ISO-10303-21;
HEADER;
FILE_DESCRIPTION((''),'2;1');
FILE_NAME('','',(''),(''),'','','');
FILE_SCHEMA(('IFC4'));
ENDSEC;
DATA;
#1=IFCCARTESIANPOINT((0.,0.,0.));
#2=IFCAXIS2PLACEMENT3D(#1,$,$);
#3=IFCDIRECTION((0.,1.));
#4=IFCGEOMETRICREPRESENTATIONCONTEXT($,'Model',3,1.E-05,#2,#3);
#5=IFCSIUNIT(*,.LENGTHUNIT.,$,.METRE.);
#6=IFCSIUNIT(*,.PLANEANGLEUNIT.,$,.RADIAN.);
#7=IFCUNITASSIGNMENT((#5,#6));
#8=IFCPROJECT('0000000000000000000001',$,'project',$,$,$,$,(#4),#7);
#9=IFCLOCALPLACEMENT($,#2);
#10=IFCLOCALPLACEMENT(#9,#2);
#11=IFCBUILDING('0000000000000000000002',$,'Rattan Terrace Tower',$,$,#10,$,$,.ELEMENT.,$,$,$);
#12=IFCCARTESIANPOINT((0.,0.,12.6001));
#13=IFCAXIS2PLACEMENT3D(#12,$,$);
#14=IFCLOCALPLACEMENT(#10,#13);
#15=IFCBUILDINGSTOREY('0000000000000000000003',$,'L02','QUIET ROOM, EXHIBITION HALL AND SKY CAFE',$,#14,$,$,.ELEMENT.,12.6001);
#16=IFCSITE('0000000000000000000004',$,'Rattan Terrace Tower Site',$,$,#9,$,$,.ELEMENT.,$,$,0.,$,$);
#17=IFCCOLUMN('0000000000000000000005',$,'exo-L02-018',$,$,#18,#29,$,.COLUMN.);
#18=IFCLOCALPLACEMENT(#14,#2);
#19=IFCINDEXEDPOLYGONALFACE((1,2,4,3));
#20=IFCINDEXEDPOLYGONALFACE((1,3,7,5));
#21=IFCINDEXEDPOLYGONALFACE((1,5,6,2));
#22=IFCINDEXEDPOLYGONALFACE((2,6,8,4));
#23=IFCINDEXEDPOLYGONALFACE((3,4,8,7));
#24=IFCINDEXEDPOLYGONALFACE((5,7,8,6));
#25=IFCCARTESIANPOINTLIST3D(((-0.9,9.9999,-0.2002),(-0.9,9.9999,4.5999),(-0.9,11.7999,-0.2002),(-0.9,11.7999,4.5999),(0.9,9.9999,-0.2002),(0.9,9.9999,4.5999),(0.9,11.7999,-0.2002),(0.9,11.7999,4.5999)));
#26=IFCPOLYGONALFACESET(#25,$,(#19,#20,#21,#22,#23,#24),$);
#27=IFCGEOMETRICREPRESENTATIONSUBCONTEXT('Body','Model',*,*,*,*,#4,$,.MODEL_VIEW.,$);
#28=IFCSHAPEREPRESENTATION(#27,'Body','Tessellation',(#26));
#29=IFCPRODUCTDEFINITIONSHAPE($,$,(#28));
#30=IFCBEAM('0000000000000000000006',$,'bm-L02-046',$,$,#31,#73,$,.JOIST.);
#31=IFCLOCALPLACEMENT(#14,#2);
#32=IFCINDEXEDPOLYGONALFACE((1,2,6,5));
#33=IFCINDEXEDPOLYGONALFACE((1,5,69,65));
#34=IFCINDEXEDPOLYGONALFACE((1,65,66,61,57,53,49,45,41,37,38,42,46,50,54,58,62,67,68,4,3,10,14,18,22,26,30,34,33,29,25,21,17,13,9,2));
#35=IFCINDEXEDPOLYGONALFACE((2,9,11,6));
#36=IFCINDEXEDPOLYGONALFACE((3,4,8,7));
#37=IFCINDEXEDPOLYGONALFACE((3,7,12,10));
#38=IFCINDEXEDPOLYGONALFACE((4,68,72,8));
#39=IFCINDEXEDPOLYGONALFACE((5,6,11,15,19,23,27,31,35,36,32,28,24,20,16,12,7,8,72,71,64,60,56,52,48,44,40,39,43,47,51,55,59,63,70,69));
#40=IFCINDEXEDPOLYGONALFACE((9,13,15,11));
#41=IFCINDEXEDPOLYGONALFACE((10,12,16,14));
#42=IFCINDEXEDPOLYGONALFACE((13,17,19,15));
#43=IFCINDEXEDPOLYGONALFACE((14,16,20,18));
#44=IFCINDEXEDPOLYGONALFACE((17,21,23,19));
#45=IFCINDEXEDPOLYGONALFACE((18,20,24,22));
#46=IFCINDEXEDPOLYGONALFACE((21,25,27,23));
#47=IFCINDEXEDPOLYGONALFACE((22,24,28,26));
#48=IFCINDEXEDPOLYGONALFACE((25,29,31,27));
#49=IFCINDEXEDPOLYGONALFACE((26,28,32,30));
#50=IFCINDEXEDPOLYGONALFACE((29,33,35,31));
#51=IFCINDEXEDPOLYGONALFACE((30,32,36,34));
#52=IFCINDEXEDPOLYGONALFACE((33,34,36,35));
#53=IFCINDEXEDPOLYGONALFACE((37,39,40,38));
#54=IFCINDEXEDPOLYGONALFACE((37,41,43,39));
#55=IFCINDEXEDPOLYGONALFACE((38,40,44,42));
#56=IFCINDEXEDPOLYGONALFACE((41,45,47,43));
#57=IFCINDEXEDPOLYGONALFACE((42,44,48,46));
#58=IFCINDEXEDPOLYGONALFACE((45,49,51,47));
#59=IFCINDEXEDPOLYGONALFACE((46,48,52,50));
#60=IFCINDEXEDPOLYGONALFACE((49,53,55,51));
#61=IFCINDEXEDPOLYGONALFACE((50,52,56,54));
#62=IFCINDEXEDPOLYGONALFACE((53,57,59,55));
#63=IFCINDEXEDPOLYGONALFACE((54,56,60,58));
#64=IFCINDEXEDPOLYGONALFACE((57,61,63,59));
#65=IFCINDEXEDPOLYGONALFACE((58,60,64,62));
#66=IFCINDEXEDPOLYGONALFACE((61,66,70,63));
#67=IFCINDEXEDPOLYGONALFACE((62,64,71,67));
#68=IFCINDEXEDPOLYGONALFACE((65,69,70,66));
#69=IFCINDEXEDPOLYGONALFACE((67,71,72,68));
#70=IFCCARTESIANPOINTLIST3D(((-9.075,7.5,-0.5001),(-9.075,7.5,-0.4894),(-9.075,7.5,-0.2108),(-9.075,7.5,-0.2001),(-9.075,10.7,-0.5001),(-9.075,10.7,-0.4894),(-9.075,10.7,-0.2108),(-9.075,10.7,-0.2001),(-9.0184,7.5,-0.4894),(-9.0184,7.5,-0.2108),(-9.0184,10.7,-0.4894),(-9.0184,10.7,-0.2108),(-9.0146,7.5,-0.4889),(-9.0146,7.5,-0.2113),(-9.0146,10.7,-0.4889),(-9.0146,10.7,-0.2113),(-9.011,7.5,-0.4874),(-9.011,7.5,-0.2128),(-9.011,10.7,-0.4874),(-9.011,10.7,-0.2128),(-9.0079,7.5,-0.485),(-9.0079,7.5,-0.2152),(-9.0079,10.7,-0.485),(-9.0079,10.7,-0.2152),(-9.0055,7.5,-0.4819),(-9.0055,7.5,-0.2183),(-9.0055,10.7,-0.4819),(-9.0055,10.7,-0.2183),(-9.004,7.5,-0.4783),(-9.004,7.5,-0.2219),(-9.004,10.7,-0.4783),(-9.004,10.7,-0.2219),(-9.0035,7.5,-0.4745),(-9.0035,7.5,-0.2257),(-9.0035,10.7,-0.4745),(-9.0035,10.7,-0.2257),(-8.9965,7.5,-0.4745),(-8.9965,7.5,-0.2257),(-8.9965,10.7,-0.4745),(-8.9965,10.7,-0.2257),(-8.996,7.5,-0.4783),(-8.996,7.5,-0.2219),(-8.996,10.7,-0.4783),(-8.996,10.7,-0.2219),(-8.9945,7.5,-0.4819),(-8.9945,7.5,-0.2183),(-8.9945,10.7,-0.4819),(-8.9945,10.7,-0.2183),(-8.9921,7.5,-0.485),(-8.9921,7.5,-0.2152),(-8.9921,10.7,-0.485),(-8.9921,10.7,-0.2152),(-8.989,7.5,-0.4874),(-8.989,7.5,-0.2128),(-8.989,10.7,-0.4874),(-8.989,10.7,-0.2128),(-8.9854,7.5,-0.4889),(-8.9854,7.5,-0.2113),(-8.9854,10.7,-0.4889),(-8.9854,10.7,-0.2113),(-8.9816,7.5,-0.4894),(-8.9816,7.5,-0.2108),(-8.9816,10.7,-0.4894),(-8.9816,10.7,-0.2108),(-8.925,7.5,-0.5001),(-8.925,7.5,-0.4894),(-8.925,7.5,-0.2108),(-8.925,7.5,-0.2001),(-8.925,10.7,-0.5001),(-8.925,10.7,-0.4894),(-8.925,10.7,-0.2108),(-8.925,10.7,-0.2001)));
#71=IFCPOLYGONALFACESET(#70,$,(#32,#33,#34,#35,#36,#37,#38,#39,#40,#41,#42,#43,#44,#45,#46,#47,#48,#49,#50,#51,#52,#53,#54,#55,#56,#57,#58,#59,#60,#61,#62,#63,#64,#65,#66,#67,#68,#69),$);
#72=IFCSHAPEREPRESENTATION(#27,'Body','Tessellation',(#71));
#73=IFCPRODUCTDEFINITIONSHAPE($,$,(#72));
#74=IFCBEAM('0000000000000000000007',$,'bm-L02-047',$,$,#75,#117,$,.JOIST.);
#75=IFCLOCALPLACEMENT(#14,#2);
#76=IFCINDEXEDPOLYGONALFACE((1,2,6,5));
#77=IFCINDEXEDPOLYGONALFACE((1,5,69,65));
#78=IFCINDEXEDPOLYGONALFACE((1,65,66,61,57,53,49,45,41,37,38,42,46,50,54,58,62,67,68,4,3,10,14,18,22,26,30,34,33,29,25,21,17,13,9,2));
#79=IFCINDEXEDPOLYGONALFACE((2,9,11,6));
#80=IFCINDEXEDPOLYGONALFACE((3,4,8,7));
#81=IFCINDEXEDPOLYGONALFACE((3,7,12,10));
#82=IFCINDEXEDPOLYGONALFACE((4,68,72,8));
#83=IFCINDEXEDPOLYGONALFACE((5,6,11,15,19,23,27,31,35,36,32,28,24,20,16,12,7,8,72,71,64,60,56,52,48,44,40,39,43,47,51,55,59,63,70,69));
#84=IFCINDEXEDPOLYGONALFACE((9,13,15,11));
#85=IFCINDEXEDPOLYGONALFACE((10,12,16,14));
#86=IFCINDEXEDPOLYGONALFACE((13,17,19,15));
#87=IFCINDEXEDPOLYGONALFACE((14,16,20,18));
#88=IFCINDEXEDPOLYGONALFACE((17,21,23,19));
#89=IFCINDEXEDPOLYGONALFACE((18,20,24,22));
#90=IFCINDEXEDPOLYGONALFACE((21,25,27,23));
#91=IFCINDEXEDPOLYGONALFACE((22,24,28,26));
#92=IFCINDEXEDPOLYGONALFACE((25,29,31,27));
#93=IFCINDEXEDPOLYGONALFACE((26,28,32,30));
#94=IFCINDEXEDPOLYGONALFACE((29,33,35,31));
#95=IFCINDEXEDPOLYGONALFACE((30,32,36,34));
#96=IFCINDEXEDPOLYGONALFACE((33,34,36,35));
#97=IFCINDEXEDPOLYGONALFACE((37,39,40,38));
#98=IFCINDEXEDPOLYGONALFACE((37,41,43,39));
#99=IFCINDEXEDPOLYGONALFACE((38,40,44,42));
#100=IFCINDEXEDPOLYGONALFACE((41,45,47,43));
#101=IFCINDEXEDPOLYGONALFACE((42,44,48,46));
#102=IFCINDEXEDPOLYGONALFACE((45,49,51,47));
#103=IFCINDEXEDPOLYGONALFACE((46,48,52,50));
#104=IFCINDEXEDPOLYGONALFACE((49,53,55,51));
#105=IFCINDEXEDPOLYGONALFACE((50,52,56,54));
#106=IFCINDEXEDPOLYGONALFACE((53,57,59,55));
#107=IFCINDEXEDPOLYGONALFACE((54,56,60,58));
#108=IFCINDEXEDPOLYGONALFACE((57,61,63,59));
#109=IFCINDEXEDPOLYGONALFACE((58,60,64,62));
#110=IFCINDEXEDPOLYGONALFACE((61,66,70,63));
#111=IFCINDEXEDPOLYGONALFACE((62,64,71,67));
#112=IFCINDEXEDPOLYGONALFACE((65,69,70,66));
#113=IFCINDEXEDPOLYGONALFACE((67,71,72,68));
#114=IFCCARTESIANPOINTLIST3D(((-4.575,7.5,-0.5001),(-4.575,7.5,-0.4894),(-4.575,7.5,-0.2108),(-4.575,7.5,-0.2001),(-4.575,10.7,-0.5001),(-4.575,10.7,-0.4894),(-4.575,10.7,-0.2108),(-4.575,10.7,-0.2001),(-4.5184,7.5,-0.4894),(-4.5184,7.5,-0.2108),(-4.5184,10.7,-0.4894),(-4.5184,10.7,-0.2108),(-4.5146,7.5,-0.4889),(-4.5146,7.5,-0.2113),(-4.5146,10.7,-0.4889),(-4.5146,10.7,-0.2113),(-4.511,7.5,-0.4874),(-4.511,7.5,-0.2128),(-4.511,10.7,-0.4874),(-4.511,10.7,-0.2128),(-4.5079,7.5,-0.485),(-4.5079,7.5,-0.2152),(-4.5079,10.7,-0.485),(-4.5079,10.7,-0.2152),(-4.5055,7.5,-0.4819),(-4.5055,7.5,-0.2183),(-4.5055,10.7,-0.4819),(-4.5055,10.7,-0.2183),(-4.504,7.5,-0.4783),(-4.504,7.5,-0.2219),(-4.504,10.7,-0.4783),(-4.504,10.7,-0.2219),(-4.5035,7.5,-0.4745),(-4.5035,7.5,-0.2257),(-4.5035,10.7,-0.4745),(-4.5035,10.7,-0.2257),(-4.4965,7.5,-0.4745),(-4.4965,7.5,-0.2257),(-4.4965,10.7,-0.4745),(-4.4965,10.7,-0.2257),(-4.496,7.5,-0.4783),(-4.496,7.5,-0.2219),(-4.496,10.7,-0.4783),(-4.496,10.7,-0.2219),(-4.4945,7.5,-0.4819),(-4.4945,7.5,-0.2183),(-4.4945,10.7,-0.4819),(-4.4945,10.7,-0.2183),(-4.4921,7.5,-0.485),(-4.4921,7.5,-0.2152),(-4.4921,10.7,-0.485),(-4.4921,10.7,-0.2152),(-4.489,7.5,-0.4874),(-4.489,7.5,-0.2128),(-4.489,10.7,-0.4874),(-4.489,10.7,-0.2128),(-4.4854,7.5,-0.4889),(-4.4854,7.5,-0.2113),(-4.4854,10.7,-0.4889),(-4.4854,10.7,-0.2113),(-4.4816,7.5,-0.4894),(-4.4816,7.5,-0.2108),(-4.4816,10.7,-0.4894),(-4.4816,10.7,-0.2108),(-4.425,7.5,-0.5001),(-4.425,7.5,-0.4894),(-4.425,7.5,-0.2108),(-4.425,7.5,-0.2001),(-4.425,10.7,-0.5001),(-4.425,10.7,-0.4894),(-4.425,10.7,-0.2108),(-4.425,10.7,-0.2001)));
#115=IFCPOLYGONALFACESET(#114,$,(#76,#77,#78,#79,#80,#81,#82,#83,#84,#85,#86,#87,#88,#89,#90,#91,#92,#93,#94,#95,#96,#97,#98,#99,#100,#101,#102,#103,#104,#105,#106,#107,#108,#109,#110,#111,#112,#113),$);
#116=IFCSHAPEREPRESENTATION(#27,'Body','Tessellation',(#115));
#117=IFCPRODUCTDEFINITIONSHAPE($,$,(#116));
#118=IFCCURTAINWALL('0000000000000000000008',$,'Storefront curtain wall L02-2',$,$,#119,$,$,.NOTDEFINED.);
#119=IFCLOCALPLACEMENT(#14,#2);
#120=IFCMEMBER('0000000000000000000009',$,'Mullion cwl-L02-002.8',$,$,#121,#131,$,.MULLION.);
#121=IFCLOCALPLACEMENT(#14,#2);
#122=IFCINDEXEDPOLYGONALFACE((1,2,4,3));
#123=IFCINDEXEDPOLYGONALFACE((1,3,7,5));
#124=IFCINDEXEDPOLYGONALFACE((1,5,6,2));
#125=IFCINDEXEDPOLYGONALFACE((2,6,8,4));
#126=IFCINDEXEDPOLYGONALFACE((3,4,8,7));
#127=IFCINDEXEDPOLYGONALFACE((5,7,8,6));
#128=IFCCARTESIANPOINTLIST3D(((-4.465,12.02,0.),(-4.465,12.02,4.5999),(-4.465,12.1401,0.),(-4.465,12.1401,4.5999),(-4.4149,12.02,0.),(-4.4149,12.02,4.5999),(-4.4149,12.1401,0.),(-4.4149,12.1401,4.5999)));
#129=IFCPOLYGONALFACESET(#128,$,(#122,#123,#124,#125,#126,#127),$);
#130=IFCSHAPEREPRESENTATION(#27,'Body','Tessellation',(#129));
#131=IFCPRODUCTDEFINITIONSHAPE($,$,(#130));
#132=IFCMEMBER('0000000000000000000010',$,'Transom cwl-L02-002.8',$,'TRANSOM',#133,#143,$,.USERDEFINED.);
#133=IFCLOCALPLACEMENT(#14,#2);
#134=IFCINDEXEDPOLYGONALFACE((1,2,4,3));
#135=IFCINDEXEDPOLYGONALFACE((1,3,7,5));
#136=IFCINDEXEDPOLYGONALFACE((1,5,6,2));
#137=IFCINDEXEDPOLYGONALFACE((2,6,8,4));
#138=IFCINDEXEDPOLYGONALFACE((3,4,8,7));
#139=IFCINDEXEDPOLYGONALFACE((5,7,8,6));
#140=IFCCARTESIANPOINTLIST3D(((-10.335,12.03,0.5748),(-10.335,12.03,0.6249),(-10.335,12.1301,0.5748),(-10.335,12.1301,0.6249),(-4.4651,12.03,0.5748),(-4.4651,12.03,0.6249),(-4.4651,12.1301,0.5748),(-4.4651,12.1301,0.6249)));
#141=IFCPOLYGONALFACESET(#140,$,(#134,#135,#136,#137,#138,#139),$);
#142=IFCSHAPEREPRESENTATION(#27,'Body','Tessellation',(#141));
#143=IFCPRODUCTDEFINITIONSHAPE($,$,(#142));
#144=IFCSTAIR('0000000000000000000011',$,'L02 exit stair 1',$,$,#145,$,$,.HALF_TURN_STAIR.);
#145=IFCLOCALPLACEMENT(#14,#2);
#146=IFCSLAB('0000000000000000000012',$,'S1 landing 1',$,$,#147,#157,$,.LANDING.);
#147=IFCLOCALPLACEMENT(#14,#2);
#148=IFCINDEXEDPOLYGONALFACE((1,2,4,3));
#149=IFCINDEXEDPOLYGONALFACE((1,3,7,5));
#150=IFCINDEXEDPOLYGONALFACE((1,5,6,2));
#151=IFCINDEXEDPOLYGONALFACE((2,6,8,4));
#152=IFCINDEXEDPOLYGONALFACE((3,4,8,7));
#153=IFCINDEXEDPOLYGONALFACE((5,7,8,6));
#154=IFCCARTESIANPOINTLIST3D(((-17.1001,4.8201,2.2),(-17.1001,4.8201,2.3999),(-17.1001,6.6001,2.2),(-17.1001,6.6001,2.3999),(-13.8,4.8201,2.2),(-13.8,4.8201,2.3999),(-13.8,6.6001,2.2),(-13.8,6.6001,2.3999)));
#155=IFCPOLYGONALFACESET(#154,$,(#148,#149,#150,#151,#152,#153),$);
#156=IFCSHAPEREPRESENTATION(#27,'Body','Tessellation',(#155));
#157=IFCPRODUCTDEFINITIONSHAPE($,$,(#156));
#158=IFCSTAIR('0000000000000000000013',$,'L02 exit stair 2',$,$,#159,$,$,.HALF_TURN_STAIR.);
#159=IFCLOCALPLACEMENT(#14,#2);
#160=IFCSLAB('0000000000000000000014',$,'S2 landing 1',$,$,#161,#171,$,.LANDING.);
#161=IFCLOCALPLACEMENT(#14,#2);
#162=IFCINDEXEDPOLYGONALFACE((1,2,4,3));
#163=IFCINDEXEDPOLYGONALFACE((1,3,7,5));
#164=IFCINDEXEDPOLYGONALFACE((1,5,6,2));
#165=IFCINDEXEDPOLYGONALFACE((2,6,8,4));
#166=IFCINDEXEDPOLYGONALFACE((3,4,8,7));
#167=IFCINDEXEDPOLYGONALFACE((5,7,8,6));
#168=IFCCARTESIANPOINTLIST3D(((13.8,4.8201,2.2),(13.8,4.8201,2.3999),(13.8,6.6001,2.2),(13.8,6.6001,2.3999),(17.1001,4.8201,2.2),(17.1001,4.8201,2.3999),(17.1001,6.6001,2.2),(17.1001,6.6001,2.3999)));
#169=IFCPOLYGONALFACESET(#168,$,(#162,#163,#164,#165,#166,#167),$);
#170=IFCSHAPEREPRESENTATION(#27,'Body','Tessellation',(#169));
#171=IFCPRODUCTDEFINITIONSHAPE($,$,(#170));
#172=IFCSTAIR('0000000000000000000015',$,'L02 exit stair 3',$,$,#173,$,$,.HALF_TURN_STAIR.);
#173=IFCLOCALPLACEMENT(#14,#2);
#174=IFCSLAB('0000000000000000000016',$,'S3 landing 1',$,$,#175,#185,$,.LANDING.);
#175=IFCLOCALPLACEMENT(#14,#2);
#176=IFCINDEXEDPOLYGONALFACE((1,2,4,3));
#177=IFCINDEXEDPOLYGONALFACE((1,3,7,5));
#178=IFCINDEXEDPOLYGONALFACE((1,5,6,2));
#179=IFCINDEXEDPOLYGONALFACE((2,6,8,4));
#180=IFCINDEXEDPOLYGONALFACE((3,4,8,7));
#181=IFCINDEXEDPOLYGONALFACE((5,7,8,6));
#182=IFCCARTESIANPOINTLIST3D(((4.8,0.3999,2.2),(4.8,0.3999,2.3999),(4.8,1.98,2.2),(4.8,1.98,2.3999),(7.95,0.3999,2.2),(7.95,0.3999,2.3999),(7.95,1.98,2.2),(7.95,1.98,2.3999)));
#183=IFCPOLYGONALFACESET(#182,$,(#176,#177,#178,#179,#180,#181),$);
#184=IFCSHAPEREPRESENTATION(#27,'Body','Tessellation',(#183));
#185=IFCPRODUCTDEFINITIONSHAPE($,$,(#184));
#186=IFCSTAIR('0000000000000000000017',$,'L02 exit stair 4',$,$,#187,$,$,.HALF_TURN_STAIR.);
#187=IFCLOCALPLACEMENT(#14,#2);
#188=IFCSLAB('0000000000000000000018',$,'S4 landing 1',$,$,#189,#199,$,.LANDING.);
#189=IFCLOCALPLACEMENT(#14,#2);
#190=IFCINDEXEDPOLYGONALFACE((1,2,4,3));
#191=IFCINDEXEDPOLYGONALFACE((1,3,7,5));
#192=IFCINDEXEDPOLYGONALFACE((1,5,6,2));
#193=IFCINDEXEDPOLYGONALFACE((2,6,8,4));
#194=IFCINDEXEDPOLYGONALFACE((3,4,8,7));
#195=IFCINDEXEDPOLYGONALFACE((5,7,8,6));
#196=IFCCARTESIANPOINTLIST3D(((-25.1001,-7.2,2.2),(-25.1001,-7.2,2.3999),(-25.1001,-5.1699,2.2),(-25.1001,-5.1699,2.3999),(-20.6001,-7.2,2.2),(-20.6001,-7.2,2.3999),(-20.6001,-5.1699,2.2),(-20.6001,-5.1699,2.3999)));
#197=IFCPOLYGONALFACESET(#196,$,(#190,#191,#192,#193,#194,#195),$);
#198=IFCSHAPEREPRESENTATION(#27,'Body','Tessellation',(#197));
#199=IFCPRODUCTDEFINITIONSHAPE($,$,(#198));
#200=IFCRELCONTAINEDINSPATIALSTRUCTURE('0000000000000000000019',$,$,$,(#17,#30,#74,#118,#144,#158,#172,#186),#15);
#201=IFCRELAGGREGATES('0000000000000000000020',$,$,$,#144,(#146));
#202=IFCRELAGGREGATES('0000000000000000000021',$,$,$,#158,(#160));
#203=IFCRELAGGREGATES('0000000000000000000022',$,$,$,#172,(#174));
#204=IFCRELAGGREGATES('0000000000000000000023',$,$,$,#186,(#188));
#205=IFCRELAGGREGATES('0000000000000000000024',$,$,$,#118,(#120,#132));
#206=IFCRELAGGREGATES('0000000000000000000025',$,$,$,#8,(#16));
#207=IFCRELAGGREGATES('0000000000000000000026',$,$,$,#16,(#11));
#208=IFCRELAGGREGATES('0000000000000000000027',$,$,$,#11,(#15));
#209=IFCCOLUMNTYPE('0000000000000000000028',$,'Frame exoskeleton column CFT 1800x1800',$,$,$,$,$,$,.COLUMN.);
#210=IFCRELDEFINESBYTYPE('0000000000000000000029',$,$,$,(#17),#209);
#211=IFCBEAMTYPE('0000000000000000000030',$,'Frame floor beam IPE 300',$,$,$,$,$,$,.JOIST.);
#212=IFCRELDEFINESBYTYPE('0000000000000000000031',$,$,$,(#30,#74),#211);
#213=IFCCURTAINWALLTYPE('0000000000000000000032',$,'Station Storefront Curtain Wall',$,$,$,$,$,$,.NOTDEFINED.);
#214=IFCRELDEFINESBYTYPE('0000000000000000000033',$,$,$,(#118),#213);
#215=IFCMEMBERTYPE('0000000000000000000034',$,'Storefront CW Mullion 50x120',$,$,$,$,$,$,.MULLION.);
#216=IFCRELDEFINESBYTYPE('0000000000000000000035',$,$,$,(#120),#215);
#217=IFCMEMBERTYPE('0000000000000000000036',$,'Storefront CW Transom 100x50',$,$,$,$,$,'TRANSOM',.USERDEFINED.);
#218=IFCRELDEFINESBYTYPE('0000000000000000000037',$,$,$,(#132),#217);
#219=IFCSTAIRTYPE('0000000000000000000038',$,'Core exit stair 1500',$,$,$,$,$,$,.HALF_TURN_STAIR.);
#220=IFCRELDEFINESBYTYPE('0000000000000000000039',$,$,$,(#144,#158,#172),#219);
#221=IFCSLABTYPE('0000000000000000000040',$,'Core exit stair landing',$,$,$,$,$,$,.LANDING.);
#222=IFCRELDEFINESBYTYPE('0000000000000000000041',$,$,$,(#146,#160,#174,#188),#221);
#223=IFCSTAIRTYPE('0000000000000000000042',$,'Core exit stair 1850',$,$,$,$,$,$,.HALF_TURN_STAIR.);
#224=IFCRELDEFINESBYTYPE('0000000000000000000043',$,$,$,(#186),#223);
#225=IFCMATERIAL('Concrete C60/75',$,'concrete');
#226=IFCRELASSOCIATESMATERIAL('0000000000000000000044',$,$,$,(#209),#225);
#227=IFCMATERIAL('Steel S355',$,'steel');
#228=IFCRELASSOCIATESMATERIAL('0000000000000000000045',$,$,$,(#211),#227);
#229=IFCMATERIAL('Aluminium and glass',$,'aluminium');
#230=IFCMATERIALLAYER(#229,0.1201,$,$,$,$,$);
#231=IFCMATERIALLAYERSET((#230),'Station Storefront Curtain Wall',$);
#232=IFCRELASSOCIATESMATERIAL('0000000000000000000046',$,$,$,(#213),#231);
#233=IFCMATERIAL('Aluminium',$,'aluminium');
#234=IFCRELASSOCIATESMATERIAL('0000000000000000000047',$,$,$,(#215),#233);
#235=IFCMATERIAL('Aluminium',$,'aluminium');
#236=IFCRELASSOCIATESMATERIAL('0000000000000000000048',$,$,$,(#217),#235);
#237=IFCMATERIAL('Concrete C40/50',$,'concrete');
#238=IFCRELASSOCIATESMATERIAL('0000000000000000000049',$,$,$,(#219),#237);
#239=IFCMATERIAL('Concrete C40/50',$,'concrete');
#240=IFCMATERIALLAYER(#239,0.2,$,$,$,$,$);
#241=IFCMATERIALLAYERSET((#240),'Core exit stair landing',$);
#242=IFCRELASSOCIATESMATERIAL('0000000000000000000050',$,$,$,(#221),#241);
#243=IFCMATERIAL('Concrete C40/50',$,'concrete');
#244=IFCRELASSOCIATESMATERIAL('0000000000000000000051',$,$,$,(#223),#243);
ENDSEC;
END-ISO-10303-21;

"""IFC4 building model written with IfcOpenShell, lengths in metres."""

from ifc_helpers import new_model, si_unit, direction, frame, origin, origin_2d, place, context, subcontext, project, spatial, polyline, rectangle, i_section, outline, extrude, material, layer, layer_set, material_profile, profile_set, type_object, element, aggregate, save


model = new_model("IFC4")

# Units and contexts
model_context = context("Model", 3, precision=1e-05, world=origin(), true_north=direction((0.0, 1.0)))
body_context = subcontext(model_context, "Body", "Model", "MODEL_VIEW")
ifc_project = project(units=[si_unit("LENGTHUNIT", "METRE"), si_unit("PLANEANGLEUNIT", "RADIAN")], contexts=[model_context])

# Site, building, storey
site_placement = place(None, origin())
site = spatial("IfcSite", under=ifc_project, at=site_placement, Name="Rattan Terrace Tower Site", CompositionType="ELEMENT", RefElevation=0.0)
building_placement = place(site_placement, origin())
building = spatial("IfcBuilding", under=site, at=building_placement, Name="Rattan Terrace Tower", CompositionType="ELEMENT")
storey_placement = place(building_placement, frame((0.0, 0.0, 12.6001)))
storey = spatial("IfcBuildingStorey", under=building, at=storey_placement, Name="L02", Description="QUIET ROOM, EXHIBITION HALL AND SKY CAFE", CompositionType="ELEMENT", Elevation=12.6001)

# Column
ifc_material_1 = material(Name="Concrete C60/75", Category="concrete")
ifc_material_profile_1 = material_profile(ifc_material_1, rectangle(XDim=1.8, YDim=1.8, at=origin_2d()), Name="CFT 1800x1800")
ifc_profile_set_1 = profile_set([ifc_material_profile_1], Name="Concrete C60/75")
column_type = type_object("IfcColumnType", Name="Frame exoskeleton column CFT 1800x1800", PredefinedType="COLUMN", material=ifc_profile_set_1)
column_placement = place(storey_placement, frame((0.0, 10.8999, -0.2002), z_axis=(0.0, 0.0, 1.0), x_axis=(1.0, 0.0, 0.0)))
element("IfcColumn", 1, at=column_placement, inside=storey, type_object=column_type, Name="exo-L02-018", PredefinedType="COLUMN", context=body_context, shape_type="SweptSolid", body=[
    extrude(rectangle(XDim=1.8, YDim=1.8, at=origin_2d()), origin(), (0.0, 0.0, 1.0), 4.8),
])

# Beams
ifc_material_2 = material(Name="Steel S355", Category="steel")
ifc_material_profile_2 = material_profile(ifc_material_2, i_section(OverallWidth=0.1499, OverallDepth=0.3, WebThickness=0.0071, FlangeThickness=0.0107, FilletRadius=0.0149, at=origin_2d()), Name="IPE 300")
ifc_profile_set_2 = profile_set([ifc_material_profile_2], Name="Steel S355")
beam_type = type_object("IfcBeamType", Name="Frame floor beam IPE 300", PredefinedType="JOIST", material=ifc_profile_set_2)
for number, where, z_axis, x_axis, name in (
    (2, (-9.0, 7.5, -0.3501), (0.0, 1.0, 0.0), (-1.0, 0.0, 0.0), "bm-L02-046"),
    (3, (-4.5, 7.5, -0.3501), (0.0, 1.0, 0.0), (-1.0, 0.0, 0.0), "bm-L02-047"),
):
    element("IfcBeam", number, at=place(storey_placement, frame(where, z_axis=z_axis, x_axis=x_axis)), inside=storey, type_object=beam_type, Name=name, PredefinedType="JOIST", context=body_context, shape_type="SweptSolid", body=[
        extrude(i_section(OverallWidth=0.1499, OverallDepth=0.3, WebThickness=0.0071, FlangeThickness=0.0107, FilletRadius=0.0149, at=origin_2d()), origin(), (0.0, 0.0, 1.0), 3.2),
    ])

# Curtain wall, members
ifc_material_3 = material(Name="Aluminium and glass", Category="aluminium")
ifc_layer_1 = layer(ifc_material_3, 0.1201)
ifc_layer_set_1 = layer_set([ifc_layer_1], Name="Station Storefront Curtain Wall")
curtain_wall_type = type_object("IfcCurtainWallType", Name="Station Storefront Curtain Wall", PredefinedType="NOTDEFINED", material=ifc_layer_set_1)
curtain_wall_placement = place(storey_placement, origin())
curtain_wall = element("IfcCurtainWall", 4, at=curtain_wall_placement, inside=storey, type_object=curtain_wall_type, Name="Storefront curtain wall L02-2", PredefinedType="NOTDEFINED")
ifc_material_4 = material(Name="Aluminium", Category="aluminium")
ifc_material_profile_3 = material_profile(ifc_material_4, rectangle(XDim=0.05, YDim=0.1201, at=origin_2d()), Name="Aluminium 50x120")
ifc_profile_set_3 = profile_set([ifc_material_profile_3], Name="Aluminium")
member_type_1 = type_object("IfcMemberType", Name="Storefront CW Mullion 50x120", PredefinedType="MULLION", material=ifc_profile_set_3)
member_1_placement = place(storey_placement, frame((-4.4399, 12.0801, 0.0), z_axis=(0.0, 0.0, 1.0), x_axis=(-1.0, 0.0, 0.0)))
member_1 = element("IfcMember", 5, at=member_1_placement, type_object=member_type_1, Name="Mullion cwl-L02-002.8", PredefinedType="MULLION", context=body_context, shape_type="SweptSolid", body=[
    extrude(rectangle(XDim=0.05, YDim=0.1201, at=origin_2d()), origin(), (0.0, 0.0, 1.0), 4.5999),
])
ifc_material_5 = material(Name="Aluminium", Category="aluminium")
ifc_material_profile_4 = material_profile(ifc_material_5, rectangle(XDim=0.1001, YDim=0.05, at=origin_2d()), Name="Aluminium 100x50")
ifc_profile_set_4 = profile_set([ifc_material_profile_4], Name="Aluminium")
member_type_2 = type_object("IfcMemberType", Name="Storefront CW Transom 100x50", ElementType="TRANSOM", PredefinedType="USERDEFINED", material=ifc_profile_set_4)
member_2_placement = place(storey_placement, frame((-4.4651, 12.0801, 0.5999), z_axis=(-1.0, 0.0, 0.0), x_axis=(0.0, -1.0, 0.0)))
member_2 = element("IfcMember", 6, at=member_2_placement, type_object=member_type_2, Name="Transom cwl-L02-002.8", ObjectType="TRANSOM", PredefinedType="USERDEFINED", context=body_context, shape_type="SweptSolid", body=[
    extrude(rectangle(XDim=0.1001, YDim=0.05, at=origin_2d()), origin(), (0.0, 0.0, 1.0), 5.8699),
])

# Stairs, slabs
ifc_material_6 = material(Name="Concrete C40/50", Category="concrete")
stair_type_1 = type_object("IfcStairType", Name="Core exit stair 1500", PredefinedType="HALF_TURN_STAIR", material=ifc_material_6)
stair_1_placement = place(storey_placement, origin())
stair_1 = element("IfcStair", 7, at=stair_1_placement, inside=storey, type_object=stair_type_1, Name="L02 exit stair 1", PredefinedType="HALF_TURN_STAIR")
ifc_material_7 = material(Name="Concrete C40/50", Category="concrete")
ifc_layer_2 = layer(ifc_material_7, 0.2)
ifc_layer_set_2 = layer_set([ifc_layer_2], Name="Core exit stair landing")
slab_type_1 = type_object("IfcSlabType", Name="Core exit stair landing", PredefinedType="LANDING", material=ifc_layer_set_2)
slab_1_placement = place(storey_placement, frame((0.0, 0.0, 2.2)))
slab_1 = element("IfcSlab", 8, at=slab_1_placement, type_object=slab_type_1, Name="S1 landing 1", PredefinedType="LANDING", context=body_context, shape_type="SweptSolid", body=[
    extrude(outline(polyline([(-13.8, 4.8201), (-13.8, 6.6001), (-17.1001, 6.6001), (-17.1001, 4.8201), (-13.8, 4.8201)])), origin(), (0.0, 0.0, 1.0), 0.2),
])
aggregate(stair_1, [slab_1])
stair_2_placement = place(storey_placement, origin())
stair_2 = element("IfcStair", 9, at=stair_2_placement, inside=storey, type_object=stair_type_1, Name="L02 exit stair 2", PredefinedType="HALF_TURN_STAIR")
slab_2_placement = place(storey_placement, frame((0.0, 0.0, 2.2)))
slab_2 = element("IfcSlab", 10, at=slab_2_placement, type_object=slab_type_1, Name="S2 landing 1", PredefinedType="LANDING", context=body_context, shape_type="SweptSolid", body=[
    extrude(outline(polyline([(17.1001, 4.8201), (17.1001, 6.6001), (13.8, 6.6001), (13.8, 4.8201), (17.1001, 4.8201)])), origin(), (0.0, 0.0, 1.0), 0.2),
])
aggregate(stair_2, [slab_2])
stair_3_placement = place(storey_placement, origin())
stair_3 = element("IfcStair", 11, at=stair_3_placement, inside=storey, type_object=stair_type_1, Name="L02 exit stair 3", PredefinedType="HALF_TURN_STAIR")
slab_3_placement = place(storey_placement, frame((0.0, 0.0, 2.2)))
slab_3 = element("IfcSlab", 12, at=slab_3_placement, type_object=slab_type_1, Name="S3 landing 1", PredefinedType="LANDING", context=body_context, shape_type="SweptSolid", body=[
    extrude(outline(polyline([(4.8, 1.98), (4.8, 0.3999), (7.95, 0.3999), (7.95, 1.98), (4.8, 1.98)])), origin(), (0.0, 0.0, 1.0), 0.2),
])
aggregate(stair_3, [slab_3])
ifc_material_8 = material(Name="Concrete C40/50", Category="concrete")
stair_type_2 = type_object("IfcStairType", Name="Core exit stair 1850", PredefinedType="HALF_TURN_STAIR", material=ifc_material_8)
stair_4_placement = place(storey_placement, origin())
stair_4 = element("IfcStair", 13, at=stair_4_placement, inside=storey, type_object=stair_type_2, Name="L02 exit stair 4", PredefinedType="HALF_TURN_STAIR")
slab_4_placement = place(storey_placement, frame((0.0, 0.0, 2.2)))
slab_4 = element("IfcSlab", 14, at=slab_4_placement, type_object=slab_type_1, Name="S4 landing 1", PredefinedType="LANDING", context=body_context, shape_type="SweptSolid", body=[
    extrude(outline(polyline([(-25.1001, -5.1699), (-25.1001, -7.2), (-20.6001, -7.2), (-20.6001, -5.1699), (-25.1001, -5.1699)])), origin(), (0.0, 0.0, 1.0), 0.2),
])
aggregate(stair_4, [slab_4])

aggregate(curtain_wall, [member_1, member_2])

save(model, "model.ifc")
